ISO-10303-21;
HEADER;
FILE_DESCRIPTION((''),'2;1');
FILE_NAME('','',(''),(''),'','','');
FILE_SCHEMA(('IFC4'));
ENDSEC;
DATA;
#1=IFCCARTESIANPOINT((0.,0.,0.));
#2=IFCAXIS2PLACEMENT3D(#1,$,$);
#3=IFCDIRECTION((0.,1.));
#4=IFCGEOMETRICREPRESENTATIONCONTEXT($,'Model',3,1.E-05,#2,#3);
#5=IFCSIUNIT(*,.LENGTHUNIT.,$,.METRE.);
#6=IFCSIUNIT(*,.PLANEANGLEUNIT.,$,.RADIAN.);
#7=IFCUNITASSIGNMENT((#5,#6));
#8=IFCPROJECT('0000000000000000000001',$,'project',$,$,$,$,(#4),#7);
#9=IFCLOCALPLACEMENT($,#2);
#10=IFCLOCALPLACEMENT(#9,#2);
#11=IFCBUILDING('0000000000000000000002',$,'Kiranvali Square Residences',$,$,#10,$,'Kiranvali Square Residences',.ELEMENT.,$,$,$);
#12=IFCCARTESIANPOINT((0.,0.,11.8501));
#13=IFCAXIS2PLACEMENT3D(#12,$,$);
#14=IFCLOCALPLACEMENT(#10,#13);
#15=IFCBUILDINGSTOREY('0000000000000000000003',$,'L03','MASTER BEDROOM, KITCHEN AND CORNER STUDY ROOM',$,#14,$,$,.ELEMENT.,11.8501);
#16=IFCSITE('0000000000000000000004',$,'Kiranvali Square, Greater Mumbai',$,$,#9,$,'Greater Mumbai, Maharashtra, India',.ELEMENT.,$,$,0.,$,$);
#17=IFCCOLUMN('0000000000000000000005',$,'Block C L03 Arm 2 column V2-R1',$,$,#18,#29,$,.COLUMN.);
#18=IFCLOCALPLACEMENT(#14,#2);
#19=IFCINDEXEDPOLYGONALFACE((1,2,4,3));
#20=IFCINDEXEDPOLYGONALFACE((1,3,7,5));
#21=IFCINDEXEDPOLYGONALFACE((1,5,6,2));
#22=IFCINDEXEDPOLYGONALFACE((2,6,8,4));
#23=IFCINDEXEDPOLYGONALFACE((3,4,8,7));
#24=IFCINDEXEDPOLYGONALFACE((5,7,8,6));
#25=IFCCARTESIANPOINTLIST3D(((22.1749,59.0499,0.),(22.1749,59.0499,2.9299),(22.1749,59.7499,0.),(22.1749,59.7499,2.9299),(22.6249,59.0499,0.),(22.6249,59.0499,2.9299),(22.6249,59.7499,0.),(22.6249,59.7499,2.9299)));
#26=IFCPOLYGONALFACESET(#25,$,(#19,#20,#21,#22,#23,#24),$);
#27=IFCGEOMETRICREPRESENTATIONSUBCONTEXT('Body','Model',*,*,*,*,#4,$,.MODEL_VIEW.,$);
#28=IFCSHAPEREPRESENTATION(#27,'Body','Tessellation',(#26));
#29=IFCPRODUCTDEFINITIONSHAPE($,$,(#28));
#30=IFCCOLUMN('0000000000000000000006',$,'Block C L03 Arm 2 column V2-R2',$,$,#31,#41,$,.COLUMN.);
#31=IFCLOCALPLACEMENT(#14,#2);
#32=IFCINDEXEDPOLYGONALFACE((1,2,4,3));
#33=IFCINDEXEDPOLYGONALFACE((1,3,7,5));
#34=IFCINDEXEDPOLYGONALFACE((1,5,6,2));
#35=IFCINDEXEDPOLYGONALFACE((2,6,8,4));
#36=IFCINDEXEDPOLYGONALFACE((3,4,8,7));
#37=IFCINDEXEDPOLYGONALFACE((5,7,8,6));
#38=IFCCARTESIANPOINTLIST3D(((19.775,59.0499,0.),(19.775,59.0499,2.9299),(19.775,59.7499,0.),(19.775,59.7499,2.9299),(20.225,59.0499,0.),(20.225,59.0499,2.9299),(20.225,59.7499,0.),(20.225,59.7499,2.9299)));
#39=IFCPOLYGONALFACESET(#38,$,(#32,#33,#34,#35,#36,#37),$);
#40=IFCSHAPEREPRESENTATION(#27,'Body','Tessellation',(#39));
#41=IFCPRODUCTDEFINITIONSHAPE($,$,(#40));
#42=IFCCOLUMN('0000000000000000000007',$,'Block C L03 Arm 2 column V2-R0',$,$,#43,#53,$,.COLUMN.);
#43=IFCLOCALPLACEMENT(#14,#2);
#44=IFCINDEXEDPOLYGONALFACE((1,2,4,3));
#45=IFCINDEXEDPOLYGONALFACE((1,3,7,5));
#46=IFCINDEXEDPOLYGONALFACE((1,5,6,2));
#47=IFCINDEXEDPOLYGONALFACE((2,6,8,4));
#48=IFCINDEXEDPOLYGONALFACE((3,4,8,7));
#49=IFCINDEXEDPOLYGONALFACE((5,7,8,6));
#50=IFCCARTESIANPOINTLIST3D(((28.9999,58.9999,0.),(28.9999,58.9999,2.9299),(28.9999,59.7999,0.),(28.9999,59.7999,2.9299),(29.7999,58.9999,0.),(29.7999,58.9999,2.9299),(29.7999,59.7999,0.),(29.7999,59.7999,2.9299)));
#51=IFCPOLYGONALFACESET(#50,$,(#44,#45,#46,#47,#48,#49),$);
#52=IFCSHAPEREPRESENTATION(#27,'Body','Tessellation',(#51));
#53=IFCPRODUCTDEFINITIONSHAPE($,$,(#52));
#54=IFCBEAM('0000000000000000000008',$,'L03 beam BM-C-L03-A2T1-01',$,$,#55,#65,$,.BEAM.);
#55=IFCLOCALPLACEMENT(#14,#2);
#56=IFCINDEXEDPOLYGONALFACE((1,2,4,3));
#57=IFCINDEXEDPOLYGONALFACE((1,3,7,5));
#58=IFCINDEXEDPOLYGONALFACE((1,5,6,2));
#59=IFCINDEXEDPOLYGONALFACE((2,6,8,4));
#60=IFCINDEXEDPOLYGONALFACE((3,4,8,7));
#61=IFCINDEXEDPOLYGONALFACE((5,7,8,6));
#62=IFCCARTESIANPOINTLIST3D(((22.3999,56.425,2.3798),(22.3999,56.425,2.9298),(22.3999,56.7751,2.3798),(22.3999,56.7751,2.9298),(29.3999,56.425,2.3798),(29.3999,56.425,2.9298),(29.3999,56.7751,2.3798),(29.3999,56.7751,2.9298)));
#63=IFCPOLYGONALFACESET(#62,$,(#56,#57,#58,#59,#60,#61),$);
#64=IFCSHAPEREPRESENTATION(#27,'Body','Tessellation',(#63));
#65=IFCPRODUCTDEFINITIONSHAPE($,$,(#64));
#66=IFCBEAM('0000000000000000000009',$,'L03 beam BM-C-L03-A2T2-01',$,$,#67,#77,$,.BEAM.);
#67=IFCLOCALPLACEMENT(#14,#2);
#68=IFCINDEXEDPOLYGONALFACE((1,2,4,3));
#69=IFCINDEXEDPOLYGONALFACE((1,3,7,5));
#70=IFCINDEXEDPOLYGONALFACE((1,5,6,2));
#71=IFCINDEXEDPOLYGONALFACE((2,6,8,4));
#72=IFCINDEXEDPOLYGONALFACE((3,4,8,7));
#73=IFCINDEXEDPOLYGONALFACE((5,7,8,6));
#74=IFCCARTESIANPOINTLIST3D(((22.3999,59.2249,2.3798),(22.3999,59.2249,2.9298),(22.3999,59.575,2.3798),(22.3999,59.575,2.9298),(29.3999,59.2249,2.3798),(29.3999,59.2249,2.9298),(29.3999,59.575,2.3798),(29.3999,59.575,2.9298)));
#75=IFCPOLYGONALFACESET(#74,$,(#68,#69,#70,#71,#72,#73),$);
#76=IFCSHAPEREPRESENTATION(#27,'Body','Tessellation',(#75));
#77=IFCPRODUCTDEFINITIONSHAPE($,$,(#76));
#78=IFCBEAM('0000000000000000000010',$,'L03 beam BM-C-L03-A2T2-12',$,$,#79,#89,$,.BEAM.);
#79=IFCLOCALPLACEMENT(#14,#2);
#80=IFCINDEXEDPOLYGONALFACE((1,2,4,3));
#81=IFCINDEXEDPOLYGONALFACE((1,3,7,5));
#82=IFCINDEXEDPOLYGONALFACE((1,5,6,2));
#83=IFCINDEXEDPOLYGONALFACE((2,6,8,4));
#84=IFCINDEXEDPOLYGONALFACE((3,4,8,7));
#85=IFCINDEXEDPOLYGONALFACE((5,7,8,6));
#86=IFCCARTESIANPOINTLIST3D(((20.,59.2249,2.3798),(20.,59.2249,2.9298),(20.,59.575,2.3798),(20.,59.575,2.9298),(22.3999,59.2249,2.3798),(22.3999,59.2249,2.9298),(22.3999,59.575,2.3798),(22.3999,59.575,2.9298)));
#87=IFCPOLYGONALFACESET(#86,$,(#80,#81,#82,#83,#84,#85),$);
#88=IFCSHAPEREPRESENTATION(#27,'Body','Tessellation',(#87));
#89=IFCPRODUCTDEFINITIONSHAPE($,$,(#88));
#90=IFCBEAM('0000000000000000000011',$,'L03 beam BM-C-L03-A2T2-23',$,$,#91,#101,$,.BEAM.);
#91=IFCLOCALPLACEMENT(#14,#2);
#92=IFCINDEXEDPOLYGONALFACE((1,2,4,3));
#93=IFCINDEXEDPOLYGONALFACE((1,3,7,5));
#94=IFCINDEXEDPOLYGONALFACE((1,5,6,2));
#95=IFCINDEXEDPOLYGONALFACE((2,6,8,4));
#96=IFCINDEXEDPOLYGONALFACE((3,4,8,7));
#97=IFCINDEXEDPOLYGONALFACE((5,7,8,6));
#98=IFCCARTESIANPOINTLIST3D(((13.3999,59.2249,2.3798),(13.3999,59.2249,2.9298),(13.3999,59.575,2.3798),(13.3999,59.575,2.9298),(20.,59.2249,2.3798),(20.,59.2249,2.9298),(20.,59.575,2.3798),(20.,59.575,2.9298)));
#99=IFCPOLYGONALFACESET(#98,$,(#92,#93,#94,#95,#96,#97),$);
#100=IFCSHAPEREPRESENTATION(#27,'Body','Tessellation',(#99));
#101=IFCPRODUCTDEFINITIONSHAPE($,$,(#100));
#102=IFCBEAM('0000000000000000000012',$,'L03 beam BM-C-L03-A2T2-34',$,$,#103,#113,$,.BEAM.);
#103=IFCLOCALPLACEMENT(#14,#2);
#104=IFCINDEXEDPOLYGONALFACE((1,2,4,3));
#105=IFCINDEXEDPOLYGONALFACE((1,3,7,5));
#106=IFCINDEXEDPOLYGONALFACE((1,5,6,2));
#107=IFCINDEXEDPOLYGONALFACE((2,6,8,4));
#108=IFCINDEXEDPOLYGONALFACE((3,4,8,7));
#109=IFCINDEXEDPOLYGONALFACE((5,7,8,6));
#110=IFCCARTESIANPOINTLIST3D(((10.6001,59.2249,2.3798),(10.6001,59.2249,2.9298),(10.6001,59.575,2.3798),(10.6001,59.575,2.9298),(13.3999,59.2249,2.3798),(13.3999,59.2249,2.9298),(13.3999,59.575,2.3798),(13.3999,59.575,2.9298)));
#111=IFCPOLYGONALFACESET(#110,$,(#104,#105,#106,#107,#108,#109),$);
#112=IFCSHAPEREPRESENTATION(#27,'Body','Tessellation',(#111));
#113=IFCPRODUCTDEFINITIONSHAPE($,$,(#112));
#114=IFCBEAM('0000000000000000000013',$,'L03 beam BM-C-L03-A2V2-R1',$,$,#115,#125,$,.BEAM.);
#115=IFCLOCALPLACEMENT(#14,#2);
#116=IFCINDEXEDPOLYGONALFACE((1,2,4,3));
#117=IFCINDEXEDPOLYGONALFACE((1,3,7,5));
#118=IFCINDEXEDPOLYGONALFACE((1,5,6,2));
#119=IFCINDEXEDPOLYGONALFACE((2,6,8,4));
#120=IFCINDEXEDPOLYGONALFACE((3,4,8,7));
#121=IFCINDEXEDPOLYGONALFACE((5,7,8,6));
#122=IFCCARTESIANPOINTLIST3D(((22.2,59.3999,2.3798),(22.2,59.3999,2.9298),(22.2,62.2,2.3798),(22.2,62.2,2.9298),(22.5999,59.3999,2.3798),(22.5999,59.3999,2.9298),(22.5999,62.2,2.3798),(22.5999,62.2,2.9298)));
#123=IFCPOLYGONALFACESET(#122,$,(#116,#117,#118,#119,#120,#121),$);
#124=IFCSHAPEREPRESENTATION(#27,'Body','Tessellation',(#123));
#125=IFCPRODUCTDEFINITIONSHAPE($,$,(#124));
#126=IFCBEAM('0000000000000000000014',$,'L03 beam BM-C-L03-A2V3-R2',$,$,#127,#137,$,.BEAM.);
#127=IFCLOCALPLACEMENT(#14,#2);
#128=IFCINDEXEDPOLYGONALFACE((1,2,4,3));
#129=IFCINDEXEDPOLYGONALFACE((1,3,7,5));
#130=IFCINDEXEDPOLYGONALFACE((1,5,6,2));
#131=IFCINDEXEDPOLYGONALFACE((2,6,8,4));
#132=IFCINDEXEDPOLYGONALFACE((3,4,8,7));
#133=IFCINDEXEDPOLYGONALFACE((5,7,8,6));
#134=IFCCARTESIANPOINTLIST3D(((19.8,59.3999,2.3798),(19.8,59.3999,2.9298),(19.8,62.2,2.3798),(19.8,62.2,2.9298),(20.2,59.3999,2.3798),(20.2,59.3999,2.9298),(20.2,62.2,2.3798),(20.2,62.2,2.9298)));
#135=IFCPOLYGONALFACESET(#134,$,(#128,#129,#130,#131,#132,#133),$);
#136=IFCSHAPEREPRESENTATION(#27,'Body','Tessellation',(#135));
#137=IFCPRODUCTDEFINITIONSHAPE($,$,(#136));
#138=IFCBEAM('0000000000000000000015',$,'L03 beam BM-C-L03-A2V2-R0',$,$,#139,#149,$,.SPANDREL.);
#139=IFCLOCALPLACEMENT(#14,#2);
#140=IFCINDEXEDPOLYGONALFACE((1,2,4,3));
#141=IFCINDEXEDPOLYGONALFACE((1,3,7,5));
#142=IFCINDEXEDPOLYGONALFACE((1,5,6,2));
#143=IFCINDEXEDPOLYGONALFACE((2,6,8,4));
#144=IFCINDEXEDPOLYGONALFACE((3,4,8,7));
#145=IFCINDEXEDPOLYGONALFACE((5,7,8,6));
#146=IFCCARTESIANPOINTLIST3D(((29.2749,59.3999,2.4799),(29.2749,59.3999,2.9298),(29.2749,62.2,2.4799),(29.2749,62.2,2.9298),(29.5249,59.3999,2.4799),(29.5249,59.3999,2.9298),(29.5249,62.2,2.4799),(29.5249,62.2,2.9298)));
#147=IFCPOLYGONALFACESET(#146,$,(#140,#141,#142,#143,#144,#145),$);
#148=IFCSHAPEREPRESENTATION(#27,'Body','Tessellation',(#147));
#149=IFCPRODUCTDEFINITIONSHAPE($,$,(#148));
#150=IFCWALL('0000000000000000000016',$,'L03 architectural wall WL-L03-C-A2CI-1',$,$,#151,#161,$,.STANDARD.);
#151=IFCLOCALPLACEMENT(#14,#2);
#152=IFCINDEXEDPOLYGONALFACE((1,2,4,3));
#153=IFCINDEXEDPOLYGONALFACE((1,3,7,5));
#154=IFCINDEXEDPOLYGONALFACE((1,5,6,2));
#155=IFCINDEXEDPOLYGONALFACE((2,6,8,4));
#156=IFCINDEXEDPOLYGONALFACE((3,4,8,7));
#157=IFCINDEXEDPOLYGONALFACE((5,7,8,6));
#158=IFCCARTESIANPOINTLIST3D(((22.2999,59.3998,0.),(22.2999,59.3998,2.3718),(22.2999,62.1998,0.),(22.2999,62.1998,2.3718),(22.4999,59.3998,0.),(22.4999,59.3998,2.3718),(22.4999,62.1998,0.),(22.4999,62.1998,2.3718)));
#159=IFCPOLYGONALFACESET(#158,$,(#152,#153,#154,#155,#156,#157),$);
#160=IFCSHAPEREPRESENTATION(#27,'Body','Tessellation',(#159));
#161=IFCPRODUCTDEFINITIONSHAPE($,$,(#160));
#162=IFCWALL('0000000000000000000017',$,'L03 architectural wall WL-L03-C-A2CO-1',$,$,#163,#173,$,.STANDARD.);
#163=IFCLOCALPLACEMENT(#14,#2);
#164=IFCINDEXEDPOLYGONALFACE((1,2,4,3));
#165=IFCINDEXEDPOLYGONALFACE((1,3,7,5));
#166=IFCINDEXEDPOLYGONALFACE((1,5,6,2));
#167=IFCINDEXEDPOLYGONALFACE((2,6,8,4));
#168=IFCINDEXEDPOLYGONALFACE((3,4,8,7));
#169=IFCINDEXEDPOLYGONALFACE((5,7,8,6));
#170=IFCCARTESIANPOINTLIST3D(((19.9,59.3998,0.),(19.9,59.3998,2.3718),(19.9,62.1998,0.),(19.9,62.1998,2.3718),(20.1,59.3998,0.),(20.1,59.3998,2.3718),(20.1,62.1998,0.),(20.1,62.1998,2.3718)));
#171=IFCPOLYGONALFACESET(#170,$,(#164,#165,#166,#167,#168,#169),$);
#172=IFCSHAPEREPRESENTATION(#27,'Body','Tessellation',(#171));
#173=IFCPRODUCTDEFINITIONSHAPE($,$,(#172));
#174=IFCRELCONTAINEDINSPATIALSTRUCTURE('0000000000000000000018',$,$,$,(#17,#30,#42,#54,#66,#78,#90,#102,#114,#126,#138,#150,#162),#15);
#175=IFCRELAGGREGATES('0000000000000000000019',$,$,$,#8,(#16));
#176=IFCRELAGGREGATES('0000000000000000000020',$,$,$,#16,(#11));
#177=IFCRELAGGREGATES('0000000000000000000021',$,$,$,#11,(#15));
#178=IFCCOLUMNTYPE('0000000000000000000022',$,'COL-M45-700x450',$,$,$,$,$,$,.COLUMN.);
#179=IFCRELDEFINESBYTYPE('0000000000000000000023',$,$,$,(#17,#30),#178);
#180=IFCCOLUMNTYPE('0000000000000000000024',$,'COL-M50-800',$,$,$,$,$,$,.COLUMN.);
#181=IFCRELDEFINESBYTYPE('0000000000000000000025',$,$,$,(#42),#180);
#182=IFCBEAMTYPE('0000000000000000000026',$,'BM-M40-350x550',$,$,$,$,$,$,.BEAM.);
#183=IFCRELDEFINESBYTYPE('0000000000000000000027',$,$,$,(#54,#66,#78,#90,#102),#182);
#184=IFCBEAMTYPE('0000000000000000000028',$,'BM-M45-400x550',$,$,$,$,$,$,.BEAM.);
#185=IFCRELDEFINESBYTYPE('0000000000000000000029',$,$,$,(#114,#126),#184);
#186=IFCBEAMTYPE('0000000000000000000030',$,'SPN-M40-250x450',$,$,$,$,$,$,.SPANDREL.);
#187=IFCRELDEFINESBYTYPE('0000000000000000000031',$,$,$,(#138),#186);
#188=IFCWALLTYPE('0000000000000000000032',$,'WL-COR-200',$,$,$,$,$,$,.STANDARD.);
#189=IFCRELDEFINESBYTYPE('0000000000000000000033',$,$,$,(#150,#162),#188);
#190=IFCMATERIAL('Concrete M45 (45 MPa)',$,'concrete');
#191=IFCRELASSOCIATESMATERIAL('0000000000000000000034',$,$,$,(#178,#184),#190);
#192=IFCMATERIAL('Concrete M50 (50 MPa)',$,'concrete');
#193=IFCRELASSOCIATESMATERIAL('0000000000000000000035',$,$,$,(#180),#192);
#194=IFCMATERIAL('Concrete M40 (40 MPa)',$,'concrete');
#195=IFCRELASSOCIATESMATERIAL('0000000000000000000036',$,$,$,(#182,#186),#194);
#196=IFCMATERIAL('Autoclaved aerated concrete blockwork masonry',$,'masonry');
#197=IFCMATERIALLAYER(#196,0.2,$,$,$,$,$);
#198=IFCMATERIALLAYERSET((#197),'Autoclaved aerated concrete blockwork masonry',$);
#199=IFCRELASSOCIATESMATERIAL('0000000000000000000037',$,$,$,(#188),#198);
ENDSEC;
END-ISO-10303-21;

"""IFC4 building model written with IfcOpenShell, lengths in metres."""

from ifc_helpers import new_model, si_unit, direction, frame, frame_2d, origin, origin_2d, place, context, subcontext, project, spatial, rectangle, extrude, material, layer, layer_set, material_profile, profile_set, type_object, element, save


model = new_model("IFC4")

# Units and contexts
model_context = context("Model", 3, precision=1e-05, world=origin(), true_north=direction((0.0, 1.0)))
body_context = subcontext(model_context, "Body", "Model", "MODEL_VIEW")
ifc_project = project(units=[si_unit("LENGTHUNIT", "METRE"), si_unit("PLANEANGLEUNIT", "RADIAN")], contexts=[model_context])

# Site, building, storey
site_placement = place(None, origin())
site = spatial("IfcSite", under=ifc_project, at=site_placement, Name="Kiranvali Square, Greater Mumbai", LongName="Greater Mumbai, Maharashtra, India", CompositionType="ELEMENT", RefElevation=0.0)
building_placement = place(site_placement, origin())
building = spatial("IfcBuilding", under=site, at=building_placement, Name="Kiranvali Square Residences", LongName="Kiranvali Square Residences", CompositionType="ELEMENT")
storey_placement = place(building_placement, frame((0.0, 0.0, 11.8501)))
storey = spatial("IfcBuildingStorey", under=building, at=storey_placement, Name="L03", Description="MASTER BEDROOM, KITCHEN AND CORNER STUDY ROOM", CompositionType="ELEMENT", Elevation=11.8501)

# Columns
ifc_material_1 = material(Name="Concrete M45 (45 MPa)", Category="concrete")
ifc_material_profile_1 = material_profile(ifc_material_1, rectangle(XDim=0.45, YDim=0.7, at=origin_2d()), Name="RC 700x450")
ifc_profile_set_1 = profile_set([ifc_material_profile_1], Name="Concrete M45 (45 MPa)")
column_type_1 = type_object("IfcColumnType", Name="COL-M45-700x450", PredefinedType="COLUMN", material=ifc_profile_set_1)
for number, where, z_axis, x_axis, name in (
    (1, (22.3999, 59.3999, 0.0), (0.0, 0.0, 1.0), (1.0, 0.0, 0.0), "Block C L03 Arm 2 column V2-R1"),
    (2, (20.0, 59.3999, 0.0), (0.0, 0.0, 1.0), (1.0, 0.0, 0.0), "Block C L03 Arm 2 column V2-R2"),
):
    element("IfcColumn", number, at=place(storey_placement, frame(where, z_axis=z_axis, x_axis=x_axis)), inside=storey, type_object=column_type_1, Name=name, PredefinedType="COLUMN", context=body_context, shape_type="SweptSolid", body=[
        extrude(rectangle(XDim=0.45, YDim=0.7, at=origin_2d()), origin(), (0.0, 0.0, 1.0), 2.9299),
    ])
ifc_material_2 = material(Name="Concrete M50 (50 MPa)", Category="concrete")
ifc_material_profile_2 = material_profile(ifc_material_2, rectangle(XDim=0.8, YDim=0.8, at=origin_2d()), Name="RC 800x800")
ifc_profile_set_2 = profile_set([ifc_material_profile_2], Name="Concrete M50 (50 MPa)")
column_type_2 = type_object("IfcColumnType", Name="COL-M50-800", PredefinedType="COLUMN", material=ifc_profile_set_2)
column_placement = place(storey_placement, frame((29.3999, 59.3999, 0.0), z_axis=(0.0, 0.0, 1.0), x_axis=(1.0, 0.0, 0.0)))
element("IfcColumn", 3, at=column_placement, inside=storey, type_object=column_type_2, Name="Block C L03 Arm 2 column V2-R0", PredefinedType="COLUMN", context=body_context, shape_type="SweptSolid", body=[
    extrude(rectangle(XDim=0.8, YDim=0.8, at=origin_2d()), origin(), (0.0, 0.0, 1.0), 2.9299),
])

# Beams
ifc_material_3 = material(Name="Concrete M40 (40 MPa)", Category="concrete")
ifc_material_profile_3 = material_profile(ifc_material_3, rectangle(XDim=0.3501, YDim=0.55, at=origin_2d()), Name="RC 350x550")
ifc_profile_set_3 = profile_set([ifc_material_profile_3], Name="Concrete M40 (40 MPa)")
beam_type_1 = type_object("IfcBeamType", Name="BM-M40-350x550", PredefinedType="BEAM", material=ifc_profile_set_3)
for number, where, z_axis, x_axis, name in (
    (4, (29.3999, 56.6001, 2.6548), (-1.0, 0.0, 0.0), (0.0, -1.0, 0.0), "L03 beam BM-C-L03-A2T1-01"),
    (5, (29.3999, 59.3999, 2.6548), (-1.0, 0.0, 0.0), (0.0, -1.0, 0.0), "L03 beam BM-C-L03-A2T2-01"),
):
    element("IfcBeam", number, at=place(storey_placement, frame(where, z_axis=z_axis, x_axis=x_axis)), inside=storey, type_object=beam_type_1, Name=name, PredefinedType="BEAM", context=body_context, shape_type="SweptSolid", body=[
        extrude(rectangle(XDim=0.3501, YDim=0.55, at=origin_2d()), origin(), (0.0, 0.0, 1.0), 7.0),
    ])
beam_1_placement = place(storey_placement, frame((22.3999, 59.3999, 2.6548), z_axis=(-1.0, 0.0, 0.0), x_axis=(0.0, -1.0, 0.0)))
element("IfcBeam", 6, at=beam_1_placement, inside=storey, type_object=beam_type_1, Name="L03 beam BM-C-L03-A2T2-12", PredefinedType="BEAM", context=body_context, shape_type="SweptSolid", body=[
    extrude(rectangle(XDim=0.3501, YDim=0.55, at=origin_2d()), origin(), (0.0, 0.0, 1.0), 2.3999),
])
beam_2_placement = place(storey_placement, frame((20.0, 59.3999, 2.6548), z_axis=(-1.0, 0.0, 0.0), x_axis=(0.0, -1.0, 0.0)))
element("IfcBeam", 7, at=beam_2_placement, inside=storey, type_object=beam_type_1, Name="L03 beam BM-C-L03-A2T2-23", PredefinedType="BEAM", context=body_context, shape_type="SweptSolid", body=[
    extrude(rectangle(XDim=0.3501, YDim=0.55, at=origin_2d()), origin(), (0.0, 0.0, 1.0), 6.6001),
])
beam_3_placement = place(storey_placement, frame((13.3999, 59.3999, 2.6548), z_axis=(-1.0, 0.0, 0.0), x_axis=(0.0, -1.0, 0.0)))
element("IfcBeam", 8, at=beam_3_placement, inside=storey, type_object=beam_type_1, Name="L03 beam BM-C-L03-A2T2-34", PredefinedType="BEAM", context=body_context, shape_type="SweptSolid", body=[
    extrude(rectangle(XDim=0.3501, YDim=0.55, at=origin_2d()), origin(), (0.0, 0.0, 1.0), 2.7998),
])
ifc_material_profile_4 = material_profile(ifc_material_1, rectangle(XDim=0.3999, YDim=0.55, at=origin_2d()), Name="RC 400x550")
ifc_profile_set_4 = profile_set([ifc_material_profile_4], Name="Concrete M45 (45 MPa)")
beam_type_2 = type_object("IfcBeamType", Name="BM-M45-400x550", PredefinedType="BEAM", material=ifc_profile_set_4)
for number, where, z_axis, x_axis, name in (
    (9, (22.3999, 59.3999, 2.6548), (0.0, 1.0, 0.0), (-1.0, 0.0, 0.0), "L03 beam BM-C-L03-A2V2-R1"),
    (10, (20.0, 59.3999, 2.6548), (0.0, 1.0, 0.0), (-1.0, 0.0, 0.0), "L03 beam BM-C-L03-A2V3-R2"),
):
    element("IfcBeam", number, at=place(storey_placement, frame(where, z_axis=z_axis, x_axis=x_axis)), inside=storey, type_object=beam_type_2, Name=name, PredefinedType="BEAM", context=body_context, shape_type="SweptSolid", body=[
        extrude(rectangle(XDim=0.3999, YDim=0.55, at=origin_2d()), origin(), (0.0, 0.0, 1.0), 2.8),
    ])
ifc_material_profile_5 = material_profile(ifc_material_3, rectangle(XDim=0.25, YDim=0.45, at=origin_2d()), Name="RC 250x450")
ifc_profile_set_5 = profile_set([ifc_material_profile_5], Name="Concrete M40 (40 MPa)")
beam_type_3 = type_object("IfcBeamType", Name="SPN-M40-250x450", PredefinedType="SPANDREL", material=ifc_profile_set_5)
beam_4_placement = place(storey_placement, frame((29.3999, 59.3999, 2.7048), z_axis=(0.0, 1.0, 0.0), x_axis=(-1.0, 0.0, 0.0)))
element("IfcBeam", 11, at=beam_4_placement, inside=storey, type_object=beam_type_3, Name="L03 beam BM-C-L03-A2V2-R0", PredefinedType="SPANDREL", context=body_context, shape_type="SweptSolid", body=[
    extrude(rectangle(XDim=0.25, YDim=0.45, at=origin_2d()), origin(), (0.0, 0.0, 1.0), 2.8),
])

# Walls
ifc_material_4 = material(Name="Autoclaved aerated concrete blockwork masonry", Category="masonry")
ifc_layer_1 = layer(ifc_material_4, 0.2)
ifc_layer_set_1 = layer_set([ifc_layer_1], Name="Autoclaved aerated concrete blockwork masonry")
wall_type_1 = type_object("IfcWallType", Name="WL-COR-200", PredefinedType="STANDARD", material=ifc_layer_set_1)
for number, where, z_axis, x_axis, name in (
    (12, (22.3999, 59.3999, 0.0), (0.0, 0.0, 1.0), (0.0, 1.0, 0.0), "L03 architectural wall WL-L03-C-A2CI-1"),
    (13, (20.0, 59.3999, 0.0), (0.0, 0.0, 1.0), (0.0, 1.0, 0.0), "L03 architectural wall WL-L03-C-A2CO-1"),
):
    element("IfcWall", number, at=place(storey_placement, frame(where, z_axis=z_axis, x_axis=x_axis)), inside=storey, type_object=wall_type_1, Name=name, PredefinedType="STANDARD", context=body_context, shape_type="SweptSolid", body=[
        extrude(rectangle(XDim=2.8, YDim=0.2, at=frame_2d((1.3999, 0.0))), origin(), (0.0, 0.0, 1.0), 2.3718),
    ])

save(model, "model.ifc")
